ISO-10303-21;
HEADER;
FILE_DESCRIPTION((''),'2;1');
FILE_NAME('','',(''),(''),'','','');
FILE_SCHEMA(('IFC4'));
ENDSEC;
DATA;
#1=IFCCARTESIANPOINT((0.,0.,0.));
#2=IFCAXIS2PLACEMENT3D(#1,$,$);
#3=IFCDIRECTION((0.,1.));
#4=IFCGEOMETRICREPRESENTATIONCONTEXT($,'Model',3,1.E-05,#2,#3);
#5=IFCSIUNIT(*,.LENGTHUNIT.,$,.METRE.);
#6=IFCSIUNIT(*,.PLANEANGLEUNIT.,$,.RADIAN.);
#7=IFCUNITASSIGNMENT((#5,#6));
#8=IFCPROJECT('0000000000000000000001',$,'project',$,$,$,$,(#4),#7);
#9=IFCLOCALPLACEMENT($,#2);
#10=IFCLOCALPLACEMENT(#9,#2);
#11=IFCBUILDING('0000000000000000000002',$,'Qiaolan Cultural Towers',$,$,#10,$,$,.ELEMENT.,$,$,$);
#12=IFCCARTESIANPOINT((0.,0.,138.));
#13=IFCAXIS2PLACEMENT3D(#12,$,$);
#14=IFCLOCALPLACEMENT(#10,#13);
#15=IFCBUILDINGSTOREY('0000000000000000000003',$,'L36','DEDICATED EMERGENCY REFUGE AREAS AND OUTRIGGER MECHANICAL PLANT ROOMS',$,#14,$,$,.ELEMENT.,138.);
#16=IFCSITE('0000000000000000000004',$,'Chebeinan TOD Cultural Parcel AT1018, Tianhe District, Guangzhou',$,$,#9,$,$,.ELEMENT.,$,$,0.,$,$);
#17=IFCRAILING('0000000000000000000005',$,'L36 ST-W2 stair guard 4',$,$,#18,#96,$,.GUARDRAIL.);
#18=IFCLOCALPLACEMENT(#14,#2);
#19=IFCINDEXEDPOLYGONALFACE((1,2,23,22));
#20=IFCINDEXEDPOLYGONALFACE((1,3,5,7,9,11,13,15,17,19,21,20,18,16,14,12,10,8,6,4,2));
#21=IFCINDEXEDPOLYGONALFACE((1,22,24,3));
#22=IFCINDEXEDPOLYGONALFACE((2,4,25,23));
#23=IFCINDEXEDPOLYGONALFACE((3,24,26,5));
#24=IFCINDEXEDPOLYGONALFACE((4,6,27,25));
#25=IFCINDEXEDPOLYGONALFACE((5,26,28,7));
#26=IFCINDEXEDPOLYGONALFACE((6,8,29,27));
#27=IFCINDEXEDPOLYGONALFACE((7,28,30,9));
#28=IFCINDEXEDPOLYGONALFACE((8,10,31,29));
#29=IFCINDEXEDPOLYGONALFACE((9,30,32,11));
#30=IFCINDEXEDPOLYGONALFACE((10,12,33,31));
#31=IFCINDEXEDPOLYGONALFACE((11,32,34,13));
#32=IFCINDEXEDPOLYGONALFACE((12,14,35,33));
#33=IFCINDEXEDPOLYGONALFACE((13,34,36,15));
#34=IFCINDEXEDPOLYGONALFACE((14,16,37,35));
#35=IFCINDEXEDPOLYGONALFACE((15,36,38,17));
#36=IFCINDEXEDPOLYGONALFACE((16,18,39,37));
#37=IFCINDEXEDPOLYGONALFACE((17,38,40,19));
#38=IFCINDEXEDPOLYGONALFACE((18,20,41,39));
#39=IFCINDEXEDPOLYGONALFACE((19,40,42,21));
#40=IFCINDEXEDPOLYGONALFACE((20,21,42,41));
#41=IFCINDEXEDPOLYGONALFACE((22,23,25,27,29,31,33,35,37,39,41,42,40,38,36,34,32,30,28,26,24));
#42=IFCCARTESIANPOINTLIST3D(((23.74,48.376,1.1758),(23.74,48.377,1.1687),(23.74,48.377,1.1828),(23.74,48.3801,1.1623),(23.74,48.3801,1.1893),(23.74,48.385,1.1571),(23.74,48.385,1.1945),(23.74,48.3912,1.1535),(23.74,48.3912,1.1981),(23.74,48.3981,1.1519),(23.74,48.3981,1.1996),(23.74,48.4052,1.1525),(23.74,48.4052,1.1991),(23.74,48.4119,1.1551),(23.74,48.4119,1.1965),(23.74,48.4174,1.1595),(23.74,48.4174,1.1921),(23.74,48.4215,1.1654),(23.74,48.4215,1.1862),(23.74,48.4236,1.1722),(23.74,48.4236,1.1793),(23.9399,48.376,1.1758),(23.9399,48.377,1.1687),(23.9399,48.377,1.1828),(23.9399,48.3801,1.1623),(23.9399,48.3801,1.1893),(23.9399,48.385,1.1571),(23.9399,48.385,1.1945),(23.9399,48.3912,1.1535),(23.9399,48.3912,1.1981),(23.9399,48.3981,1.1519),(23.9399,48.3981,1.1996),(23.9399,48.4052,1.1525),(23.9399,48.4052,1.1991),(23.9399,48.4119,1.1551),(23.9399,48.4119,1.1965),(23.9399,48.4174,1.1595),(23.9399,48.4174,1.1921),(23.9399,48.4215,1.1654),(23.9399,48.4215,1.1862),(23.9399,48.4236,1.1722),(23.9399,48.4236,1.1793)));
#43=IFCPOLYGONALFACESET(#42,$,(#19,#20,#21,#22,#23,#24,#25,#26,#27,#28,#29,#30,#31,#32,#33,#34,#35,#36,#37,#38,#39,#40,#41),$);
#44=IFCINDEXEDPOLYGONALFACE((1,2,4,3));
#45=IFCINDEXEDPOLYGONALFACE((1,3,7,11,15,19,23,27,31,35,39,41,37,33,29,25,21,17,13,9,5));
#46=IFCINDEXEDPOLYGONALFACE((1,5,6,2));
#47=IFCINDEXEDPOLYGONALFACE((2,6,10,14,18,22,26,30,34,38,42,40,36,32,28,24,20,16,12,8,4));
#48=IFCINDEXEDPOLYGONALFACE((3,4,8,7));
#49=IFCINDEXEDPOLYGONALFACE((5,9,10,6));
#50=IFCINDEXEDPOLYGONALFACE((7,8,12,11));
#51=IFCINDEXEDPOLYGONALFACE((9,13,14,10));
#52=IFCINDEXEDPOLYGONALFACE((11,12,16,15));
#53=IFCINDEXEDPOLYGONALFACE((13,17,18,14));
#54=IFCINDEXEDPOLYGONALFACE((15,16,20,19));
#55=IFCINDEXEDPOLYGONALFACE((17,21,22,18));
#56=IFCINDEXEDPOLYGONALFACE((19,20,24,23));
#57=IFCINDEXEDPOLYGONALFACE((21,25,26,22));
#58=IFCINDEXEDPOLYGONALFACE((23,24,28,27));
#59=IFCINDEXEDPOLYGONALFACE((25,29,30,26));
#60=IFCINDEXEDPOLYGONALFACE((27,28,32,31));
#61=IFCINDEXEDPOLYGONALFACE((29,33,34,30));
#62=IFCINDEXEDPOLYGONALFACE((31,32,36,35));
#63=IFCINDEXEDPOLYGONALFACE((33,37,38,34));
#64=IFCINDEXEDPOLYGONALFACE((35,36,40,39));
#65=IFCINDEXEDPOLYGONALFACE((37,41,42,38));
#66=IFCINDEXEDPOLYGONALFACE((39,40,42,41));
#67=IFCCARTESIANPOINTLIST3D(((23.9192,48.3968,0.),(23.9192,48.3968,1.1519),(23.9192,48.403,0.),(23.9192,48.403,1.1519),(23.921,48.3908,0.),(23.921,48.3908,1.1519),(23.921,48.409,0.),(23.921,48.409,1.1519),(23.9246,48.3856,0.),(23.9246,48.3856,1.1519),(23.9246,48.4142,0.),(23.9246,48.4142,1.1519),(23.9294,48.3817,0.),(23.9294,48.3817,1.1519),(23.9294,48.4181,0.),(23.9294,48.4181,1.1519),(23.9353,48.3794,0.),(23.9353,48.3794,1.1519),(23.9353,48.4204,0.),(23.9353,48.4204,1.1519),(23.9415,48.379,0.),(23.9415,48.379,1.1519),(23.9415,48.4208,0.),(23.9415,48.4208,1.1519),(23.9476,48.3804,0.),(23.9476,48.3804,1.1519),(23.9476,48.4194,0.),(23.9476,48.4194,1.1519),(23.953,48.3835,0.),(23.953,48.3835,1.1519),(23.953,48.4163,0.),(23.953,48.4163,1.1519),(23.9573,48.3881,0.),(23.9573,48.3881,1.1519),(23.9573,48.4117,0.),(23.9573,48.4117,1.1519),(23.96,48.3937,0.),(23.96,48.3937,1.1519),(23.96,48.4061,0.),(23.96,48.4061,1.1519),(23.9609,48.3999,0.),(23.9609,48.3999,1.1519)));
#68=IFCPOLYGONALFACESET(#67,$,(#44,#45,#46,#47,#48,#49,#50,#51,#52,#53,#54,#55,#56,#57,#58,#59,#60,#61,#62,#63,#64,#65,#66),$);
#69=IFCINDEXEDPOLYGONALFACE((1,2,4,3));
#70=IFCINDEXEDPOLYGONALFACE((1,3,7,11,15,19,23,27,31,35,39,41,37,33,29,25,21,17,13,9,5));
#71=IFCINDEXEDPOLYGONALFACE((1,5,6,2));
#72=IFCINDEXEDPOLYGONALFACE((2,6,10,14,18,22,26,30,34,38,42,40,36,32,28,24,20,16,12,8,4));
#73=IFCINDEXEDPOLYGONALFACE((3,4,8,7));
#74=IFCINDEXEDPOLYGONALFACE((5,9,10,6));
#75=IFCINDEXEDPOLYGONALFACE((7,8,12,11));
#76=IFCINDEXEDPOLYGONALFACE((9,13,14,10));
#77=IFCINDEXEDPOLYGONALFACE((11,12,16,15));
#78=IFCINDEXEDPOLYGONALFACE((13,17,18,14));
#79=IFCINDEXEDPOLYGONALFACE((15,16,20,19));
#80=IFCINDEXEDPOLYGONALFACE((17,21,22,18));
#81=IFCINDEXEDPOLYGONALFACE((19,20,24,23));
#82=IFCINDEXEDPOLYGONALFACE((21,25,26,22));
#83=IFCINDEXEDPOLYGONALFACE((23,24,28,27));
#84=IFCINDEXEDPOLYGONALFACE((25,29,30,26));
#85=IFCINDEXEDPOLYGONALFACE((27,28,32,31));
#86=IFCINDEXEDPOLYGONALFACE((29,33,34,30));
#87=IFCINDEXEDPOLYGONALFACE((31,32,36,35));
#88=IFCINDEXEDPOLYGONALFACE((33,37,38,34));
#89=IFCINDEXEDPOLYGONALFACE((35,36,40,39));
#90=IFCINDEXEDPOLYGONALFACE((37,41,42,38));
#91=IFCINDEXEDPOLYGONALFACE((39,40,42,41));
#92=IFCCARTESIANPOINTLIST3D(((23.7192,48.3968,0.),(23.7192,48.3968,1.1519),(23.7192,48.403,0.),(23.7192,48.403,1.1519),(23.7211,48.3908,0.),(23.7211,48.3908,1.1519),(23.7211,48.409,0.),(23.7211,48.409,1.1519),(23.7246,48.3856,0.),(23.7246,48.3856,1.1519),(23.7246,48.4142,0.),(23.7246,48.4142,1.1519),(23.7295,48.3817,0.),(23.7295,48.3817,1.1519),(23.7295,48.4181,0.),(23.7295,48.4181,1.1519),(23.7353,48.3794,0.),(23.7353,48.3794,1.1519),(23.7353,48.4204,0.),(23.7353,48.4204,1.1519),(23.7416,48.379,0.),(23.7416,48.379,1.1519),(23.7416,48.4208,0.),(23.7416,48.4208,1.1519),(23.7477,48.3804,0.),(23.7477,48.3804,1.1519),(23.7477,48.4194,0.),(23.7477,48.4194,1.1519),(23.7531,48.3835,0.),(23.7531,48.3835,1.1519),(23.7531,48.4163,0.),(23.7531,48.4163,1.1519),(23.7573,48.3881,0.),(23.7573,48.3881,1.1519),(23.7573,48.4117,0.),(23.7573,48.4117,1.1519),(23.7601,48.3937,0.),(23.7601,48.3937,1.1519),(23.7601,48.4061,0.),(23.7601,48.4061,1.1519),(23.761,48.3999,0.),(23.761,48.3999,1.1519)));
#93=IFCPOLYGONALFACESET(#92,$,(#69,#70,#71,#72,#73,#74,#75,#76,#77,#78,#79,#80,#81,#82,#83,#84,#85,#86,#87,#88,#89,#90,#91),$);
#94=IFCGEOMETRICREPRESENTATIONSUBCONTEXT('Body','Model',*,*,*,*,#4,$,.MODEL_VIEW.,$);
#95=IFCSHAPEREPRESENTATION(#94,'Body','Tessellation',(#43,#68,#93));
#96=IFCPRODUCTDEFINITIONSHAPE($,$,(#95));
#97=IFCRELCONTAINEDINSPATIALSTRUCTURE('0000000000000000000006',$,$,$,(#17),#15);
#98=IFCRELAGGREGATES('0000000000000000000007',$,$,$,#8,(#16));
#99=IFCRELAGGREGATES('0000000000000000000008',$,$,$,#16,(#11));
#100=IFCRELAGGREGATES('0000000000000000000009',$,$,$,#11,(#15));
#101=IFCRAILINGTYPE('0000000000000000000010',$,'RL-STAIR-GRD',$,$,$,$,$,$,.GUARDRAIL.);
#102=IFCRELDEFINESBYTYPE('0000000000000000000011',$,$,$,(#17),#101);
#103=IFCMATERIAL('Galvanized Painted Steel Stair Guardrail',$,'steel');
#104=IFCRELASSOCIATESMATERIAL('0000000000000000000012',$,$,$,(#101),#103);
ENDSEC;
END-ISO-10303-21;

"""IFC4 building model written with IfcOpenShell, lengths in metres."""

from ifc_helpers import new_model, si_unit, direction, frame, origin, origin_2d, place, context, subcontext, project, spatial, circle, extrude, material, type_object, element, save


model = new_model("IFC4")

# Units and contexts
model_context = context("Model", 3, precision=1e-05, world=origin(), true_north=direction((0.0, 1.0)))
body_context = subcontext(model_context, "Body", "Model", "MODEL_VIEW")
ifc_project = project(units=[si_unit("LENGTHUNIT", "METRE"), si_unit("PLANEANGLEUNIT", "RADIAN")], contexts=[model_context])

# Site, building, storey
site_placement = place(None, origin())
site = spatial("IfcSite", under=ifc_project, at=site_placement, Name="Chebeinan TOD Cultural Parcel AT1018, Tianhe District, Guangzhou", CompositionType="ELEMENT", RefElevation=0.0)
building_placement = place(site_placement, origin())
building = spatial("IfcBuilding", under=site, at=building_placement, Name="Qiaolan Cultural Towers", CompositionType="ELEMENT")
storey_placement = place(building_placement, frame((0.0, 0.0, 138.0)))
storey = spatial("IfcBuildingStorey", under=building, at=storey_placement, Name="L36", Description="DEDICATED EMERGENCY REFUGE AREAS AND OUTRIGGER MECHANICAL PLANT ROOMS", CompositionType="ELEMENT", Elevation=138.0)

# Railing
ifc_material_1 = material(Name="Galvanized Painted Steel Stair Guardrail", Category="steel")
railing_type_1 = type_object("IfcRailingType", Name="RL-STAIR-GRD", PredefinedType="GUARDRAIL", material=ifc_material_1)
railing_1_placement = place(storey_placement, frame((23.9399, 48.3999, 0.0)))
element("IfcRailing", 1, at=railing_1_placement, inside=storey, type_object=railing_type_1, Name="L36 ST-W2 stair guard 4", PredefinedType="GUARDRAIL", context=body_context, shape_type="SweptSolid", body=[
    extrude(circle(Radius=0.0239, at=origin_2d()), frame((0.0, 0.0, 1.1758), z_axis=(-1.0, 0.0, 0.0), x_axis=(0.0, -1.0, 0.0)), (0.0, 0.0, 1.0), 0.2),
    extrude(circle(Radius=0.021, at=origin_2d()), origin(), (0.0, 0.0, 1.0), 1.1519),
    extrude(circle(Radius=0.021, at=origin_2d()), frame((-0.2, 0.0, 0.0)), (0.0, 0.0, 1.0), 1.1519),
])

save(model, "model.ifc")
